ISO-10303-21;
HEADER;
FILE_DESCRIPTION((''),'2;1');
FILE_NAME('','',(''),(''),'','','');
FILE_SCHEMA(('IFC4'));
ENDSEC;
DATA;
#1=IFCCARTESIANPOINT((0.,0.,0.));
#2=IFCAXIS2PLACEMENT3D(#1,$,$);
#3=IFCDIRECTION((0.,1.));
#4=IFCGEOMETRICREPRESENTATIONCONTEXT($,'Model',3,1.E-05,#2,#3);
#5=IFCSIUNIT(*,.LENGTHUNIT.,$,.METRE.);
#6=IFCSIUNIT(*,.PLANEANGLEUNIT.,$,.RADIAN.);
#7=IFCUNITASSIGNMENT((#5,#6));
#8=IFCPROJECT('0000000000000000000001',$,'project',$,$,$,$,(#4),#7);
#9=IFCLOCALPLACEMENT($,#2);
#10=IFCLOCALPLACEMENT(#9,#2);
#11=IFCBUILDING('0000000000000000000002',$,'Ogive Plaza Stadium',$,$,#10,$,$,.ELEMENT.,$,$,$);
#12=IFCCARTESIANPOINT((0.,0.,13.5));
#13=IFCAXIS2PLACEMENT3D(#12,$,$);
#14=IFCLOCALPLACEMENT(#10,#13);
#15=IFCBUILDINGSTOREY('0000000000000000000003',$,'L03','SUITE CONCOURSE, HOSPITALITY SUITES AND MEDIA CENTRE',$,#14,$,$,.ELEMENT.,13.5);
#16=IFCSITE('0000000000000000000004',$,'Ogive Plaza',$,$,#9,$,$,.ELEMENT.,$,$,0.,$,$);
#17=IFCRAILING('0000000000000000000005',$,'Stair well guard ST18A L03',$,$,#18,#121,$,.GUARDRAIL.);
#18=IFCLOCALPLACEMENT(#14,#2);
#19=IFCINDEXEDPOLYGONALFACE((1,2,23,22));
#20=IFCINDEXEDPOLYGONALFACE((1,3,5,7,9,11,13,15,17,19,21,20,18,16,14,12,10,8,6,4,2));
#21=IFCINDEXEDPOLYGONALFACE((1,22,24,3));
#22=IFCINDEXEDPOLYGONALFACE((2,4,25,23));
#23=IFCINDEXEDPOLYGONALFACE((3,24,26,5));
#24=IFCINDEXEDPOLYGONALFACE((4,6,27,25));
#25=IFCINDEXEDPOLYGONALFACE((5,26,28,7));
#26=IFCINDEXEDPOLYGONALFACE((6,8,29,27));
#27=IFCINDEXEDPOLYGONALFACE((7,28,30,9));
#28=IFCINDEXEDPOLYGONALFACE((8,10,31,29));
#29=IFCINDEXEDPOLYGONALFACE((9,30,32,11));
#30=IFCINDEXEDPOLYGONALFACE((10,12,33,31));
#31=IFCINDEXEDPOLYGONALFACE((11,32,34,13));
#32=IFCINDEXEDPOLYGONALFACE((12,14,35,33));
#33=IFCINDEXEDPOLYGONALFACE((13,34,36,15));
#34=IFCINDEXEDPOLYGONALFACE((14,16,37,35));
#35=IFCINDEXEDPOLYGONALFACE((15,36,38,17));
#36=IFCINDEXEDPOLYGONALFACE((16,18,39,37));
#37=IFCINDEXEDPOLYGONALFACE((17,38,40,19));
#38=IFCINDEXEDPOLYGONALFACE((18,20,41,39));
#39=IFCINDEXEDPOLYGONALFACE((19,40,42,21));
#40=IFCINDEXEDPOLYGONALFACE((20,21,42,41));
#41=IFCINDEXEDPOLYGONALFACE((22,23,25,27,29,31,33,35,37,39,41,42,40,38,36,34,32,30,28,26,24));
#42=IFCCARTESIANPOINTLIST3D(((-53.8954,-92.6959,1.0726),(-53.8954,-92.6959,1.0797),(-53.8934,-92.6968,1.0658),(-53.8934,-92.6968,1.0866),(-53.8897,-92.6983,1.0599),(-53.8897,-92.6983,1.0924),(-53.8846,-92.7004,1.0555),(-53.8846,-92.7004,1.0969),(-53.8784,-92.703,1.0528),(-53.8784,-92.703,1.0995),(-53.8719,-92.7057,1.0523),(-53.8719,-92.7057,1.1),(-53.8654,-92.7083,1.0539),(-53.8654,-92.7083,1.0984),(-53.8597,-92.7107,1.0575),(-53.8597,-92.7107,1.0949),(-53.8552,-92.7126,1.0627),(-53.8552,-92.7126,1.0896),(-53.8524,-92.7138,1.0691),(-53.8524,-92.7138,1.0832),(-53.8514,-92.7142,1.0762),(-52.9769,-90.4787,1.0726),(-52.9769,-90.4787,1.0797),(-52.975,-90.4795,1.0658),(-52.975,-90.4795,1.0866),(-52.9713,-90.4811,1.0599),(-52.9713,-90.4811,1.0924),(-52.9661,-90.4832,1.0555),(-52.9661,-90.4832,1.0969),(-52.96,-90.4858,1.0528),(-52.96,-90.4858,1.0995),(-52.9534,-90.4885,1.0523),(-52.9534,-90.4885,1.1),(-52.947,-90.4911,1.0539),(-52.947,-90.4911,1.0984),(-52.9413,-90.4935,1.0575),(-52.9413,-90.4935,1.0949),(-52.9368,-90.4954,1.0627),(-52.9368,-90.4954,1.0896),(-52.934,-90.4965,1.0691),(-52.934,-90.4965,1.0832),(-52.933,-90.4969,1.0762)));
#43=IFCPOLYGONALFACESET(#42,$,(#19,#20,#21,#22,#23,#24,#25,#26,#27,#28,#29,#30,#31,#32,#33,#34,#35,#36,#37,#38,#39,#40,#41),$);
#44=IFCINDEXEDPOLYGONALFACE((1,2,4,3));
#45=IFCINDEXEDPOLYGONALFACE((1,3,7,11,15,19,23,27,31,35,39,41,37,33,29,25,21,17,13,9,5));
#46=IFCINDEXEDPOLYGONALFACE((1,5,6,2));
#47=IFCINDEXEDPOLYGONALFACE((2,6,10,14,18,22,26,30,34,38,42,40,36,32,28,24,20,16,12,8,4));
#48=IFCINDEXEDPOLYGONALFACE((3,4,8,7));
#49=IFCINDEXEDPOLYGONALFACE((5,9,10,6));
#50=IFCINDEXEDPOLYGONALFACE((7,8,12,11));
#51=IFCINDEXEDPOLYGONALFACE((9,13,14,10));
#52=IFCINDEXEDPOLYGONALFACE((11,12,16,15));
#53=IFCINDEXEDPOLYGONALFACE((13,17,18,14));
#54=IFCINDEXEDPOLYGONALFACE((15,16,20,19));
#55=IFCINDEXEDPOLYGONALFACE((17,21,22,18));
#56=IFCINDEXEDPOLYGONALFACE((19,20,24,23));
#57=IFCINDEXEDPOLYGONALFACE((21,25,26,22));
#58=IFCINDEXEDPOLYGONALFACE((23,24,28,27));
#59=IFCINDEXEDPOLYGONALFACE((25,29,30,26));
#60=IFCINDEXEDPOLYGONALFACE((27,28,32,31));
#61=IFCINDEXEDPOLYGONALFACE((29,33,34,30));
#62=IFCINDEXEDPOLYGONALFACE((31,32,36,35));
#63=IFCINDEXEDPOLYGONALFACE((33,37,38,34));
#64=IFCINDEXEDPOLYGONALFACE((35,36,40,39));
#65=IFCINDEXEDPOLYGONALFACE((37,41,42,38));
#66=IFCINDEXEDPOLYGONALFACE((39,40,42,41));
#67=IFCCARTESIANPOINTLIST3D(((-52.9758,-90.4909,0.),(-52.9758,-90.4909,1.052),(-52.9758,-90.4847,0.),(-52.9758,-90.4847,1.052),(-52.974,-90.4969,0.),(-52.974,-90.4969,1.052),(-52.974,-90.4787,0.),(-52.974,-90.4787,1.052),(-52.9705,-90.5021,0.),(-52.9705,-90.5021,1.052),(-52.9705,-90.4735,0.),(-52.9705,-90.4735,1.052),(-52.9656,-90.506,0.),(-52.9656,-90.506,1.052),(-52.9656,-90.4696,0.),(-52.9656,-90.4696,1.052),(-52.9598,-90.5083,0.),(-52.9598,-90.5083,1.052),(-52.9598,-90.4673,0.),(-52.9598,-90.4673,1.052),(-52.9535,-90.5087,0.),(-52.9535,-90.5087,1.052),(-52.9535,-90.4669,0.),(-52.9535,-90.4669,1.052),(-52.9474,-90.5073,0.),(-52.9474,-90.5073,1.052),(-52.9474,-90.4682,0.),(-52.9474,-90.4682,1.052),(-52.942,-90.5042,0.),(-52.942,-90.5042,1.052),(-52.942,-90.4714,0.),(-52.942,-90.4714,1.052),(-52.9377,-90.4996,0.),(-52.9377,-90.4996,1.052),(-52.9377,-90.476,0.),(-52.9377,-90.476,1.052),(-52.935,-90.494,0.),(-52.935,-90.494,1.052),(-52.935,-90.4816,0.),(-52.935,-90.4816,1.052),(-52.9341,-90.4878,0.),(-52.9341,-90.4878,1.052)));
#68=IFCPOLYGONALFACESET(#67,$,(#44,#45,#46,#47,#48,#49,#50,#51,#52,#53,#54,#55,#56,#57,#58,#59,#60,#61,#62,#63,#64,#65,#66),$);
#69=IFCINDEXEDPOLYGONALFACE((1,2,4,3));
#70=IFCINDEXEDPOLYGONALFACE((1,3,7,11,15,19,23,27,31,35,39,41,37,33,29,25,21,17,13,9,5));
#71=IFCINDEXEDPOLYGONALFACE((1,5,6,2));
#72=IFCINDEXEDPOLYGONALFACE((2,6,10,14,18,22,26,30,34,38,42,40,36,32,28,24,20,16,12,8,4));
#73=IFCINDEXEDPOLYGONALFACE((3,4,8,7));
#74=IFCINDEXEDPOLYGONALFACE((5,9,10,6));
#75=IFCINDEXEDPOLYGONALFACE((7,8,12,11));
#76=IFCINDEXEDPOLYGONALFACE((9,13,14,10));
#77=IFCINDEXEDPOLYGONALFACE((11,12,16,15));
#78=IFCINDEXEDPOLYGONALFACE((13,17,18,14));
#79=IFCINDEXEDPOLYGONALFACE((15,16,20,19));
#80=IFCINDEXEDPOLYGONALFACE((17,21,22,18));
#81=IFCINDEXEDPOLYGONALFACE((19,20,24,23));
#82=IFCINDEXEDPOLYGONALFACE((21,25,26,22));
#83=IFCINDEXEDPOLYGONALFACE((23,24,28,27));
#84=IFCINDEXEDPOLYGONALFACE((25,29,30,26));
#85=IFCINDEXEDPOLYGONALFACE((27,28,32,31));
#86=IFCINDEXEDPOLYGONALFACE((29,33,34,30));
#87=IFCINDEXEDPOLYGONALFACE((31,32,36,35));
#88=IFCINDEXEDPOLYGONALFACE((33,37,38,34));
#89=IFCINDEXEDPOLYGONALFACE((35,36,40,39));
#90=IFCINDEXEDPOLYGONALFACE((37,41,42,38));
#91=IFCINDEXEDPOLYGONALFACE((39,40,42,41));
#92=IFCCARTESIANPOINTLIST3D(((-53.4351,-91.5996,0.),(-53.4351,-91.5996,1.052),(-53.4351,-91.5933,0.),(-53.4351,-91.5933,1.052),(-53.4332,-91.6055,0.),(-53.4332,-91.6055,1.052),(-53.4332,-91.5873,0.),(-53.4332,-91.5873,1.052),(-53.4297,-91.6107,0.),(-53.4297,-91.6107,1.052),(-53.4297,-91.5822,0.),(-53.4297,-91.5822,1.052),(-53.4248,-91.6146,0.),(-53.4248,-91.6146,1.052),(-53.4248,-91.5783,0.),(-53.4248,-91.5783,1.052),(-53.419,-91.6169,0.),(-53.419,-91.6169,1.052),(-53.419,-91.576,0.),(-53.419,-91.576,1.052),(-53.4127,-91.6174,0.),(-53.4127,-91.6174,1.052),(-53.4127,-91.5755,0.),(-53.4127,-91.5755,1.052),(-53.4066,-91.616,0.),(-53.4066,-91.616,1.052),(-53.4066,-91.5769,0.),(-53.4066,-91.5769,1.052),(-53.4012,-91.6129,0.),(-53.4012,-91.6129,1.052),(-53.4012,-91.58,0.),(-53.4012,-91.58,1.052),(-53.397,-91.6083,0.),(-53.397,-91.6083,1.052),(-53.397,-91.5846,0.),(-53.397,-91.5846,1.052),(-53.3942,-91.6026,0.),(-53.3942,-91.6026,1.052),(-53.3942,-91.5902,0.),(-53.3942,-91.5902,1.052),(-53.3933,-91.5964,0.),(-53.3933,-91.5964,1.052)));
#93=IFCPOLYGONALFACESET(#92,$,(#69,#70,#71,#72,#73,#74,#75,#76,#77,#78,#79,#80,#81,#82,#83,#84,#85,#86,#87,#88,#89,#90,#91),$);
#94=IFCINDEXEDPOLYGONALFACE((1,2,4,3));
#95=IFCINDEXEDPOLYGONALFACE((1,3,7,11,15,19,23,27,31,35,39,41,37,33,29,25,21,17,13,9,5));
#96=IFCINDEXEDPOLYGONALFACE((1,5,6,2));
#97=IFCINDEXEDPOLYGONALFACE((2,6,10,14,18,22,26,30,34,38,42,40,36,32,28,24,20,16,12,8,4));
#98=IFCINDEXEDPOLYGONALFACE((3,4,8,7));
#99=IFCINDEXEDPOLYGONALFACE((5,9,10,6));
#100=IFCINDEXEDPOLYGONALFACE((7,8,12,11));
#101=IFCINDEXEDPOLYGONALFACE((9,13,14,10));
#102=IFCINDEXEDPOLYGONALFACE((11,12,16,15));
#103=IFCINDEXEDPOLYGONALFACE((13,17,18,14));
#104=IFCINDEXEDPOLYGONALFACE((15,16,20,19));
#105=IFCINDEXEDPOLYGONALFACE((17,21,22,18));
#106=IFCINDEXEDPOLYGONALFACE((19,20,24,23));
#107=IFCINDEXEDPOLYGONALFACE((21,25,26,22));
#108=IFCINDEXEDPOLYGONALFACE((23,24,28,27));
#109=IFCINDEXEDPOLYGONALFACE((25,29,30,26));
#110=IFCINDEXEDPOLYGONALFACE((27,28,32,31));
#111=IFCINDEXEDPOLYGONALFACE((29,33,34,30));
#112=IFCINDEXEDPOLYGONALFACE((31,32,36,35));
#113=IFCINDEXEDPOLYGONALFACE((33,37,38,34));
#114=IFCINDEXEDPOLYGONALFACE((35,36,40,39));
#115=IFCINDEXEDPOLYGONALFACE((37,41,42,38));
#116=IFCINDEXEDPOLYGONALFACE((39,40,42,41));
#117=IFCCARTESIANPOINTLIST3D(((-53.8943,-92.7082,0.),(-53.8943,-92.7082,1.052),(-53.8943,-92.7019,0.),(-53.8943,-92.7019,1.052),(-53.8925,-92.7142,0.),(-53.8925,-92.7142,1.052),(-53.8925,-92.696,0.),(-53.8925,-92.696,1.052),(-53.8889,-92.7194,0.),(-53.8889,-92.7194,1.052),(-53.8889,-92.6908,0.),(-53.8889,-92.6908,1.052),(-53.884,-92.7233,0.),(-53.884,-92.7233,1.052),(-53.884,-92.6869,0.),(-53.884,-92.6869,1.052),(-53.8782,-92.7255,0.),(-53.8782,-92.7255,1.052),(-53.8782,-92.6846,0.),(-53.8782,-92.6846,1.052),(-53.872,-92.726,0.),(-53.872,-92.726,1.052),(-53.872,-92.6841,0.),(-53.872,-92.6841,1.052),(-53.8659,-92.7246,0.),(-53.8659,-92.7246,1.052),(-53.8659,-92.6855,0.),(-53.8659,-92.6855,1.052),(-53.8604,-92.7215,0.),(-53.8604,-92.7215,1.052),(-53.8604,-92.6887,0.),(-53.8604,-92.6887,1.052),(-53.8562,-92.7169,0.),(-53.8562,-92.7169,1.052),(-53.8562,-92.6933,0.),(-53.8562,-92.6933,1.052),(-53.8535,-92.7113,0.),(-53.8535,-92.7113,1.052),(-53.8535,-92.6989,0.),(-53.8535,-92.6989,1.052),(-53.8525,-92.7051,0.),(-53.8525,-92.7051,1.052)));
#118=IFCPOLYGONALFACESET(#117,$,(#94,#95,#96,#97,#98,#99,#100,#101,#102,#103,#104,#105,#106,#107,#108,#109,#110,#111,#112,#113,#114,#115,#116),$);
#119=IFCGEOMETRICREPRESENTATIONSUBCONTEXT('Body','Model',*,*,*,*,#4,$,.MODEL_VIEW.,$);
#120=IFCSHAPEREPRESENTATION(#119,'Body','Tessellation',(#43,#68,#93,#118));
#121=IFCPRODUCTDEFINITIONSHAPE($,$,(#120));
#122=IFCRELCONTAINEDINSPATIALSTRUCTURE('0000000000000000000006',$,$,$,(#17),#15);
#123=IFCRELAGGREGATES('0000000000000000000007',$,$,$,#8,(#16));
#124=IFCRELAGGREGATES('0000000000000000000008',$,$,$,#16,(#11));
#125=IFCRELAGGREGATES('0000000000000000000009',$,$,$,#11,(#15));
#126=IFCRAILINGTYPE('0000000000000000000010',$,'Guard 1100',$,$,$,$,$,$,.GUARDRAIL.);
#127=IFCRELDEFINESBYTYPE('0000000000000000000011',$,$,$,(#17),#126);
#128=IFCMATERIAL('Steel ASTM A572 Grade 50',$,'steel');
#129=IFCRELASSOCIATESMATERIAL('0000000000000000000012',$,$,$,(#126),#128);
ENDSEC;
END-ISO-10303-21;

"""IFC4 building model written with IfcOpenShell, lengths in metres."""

from ifc_helpers import new_model, si_unit, direction, frame, origin, origin_2d, place, context, subcontext, project, spatial, circle, extrude, material, type_object, element, save


model = new_model("IFC4")

# Units and contexts
model_context = context("Model", 3, precision=1e-05, world=origin(), true_north=direction((0.0, 1.0)))
body_context = subcontext(model_context, "Body", "Model", "MODEL_VIEW")
ifc_project = project(units=[si_unit("LENGTHUNIT", "METRE"), si_unit("PLANEANGLEUNIT", "RADIAN")], contexts=[model_context])

# Site, building, storey
site_placement = place(None, origin())
site = spatial("IfcSite", under=ifc_project, at=site_placement, Name="Ogive Plaza", CompositionType="ELEMENT", RefElevation=0.0)
building_placement = place(site_placement, origin())
building = spatial("IfcBuilding", under=site, at=building_placement, Name="Ogive Plaza Stadium", CompositionType="ELEMENT")
storey_placement = place(building_placement, frame((0.0, 0.0, 13.5)))
storey = spatial("IfcBuildingStorey", under=building, at=storey_placement, Name="L03", Description="SUITE CONCOURSE, HOSPITALITY SUITES AND MEDIA CENTRE", CompositionType="ELEMENT", Elevation=13.5)

# Railing
ifc_material_1 = material(Name="Steel ASTM A572 Grade 50", Category="steel")
railing_type_1 = type_object("IfcRailingType", Name="Guard 1100", PredefinedType="GUARDRAIL", material=ifc_material_1)
railing_1_placement = place(storey_placement, frame((-52.9551, -90.4878, 0.0)))
element("IfcRailing", 1, at=railing_1_placement, inside=storey, type_object=railing_type_1, Name="Stair well guard ST18A L03", PredefinedType="GUARDRAIL", context=body_context, shape_type="SweptSolid", body=[
    extrude(circle(Radius=0.0239, at=origin_2d()), frame((0.0, 0.0, 1.0762), z_axis=(-0.382693, -0.923875, 0.0), x_axis=(0.923875, -0.382693, 0.0)), (0.0, 0.0, 1.0), 2.3999),
    extrude(circle(Radius=0.021, at=origin_2d()), origin(), (0.0, 0.0, 1.0), 1.052),
    extrude(circle(Radius=0.021, at=origin_2d()), frame((-0.4592, -1.1086, 0.0)), (0.0, 0.0, 1.0), 1.052),
    extrude(circle(Radius=0.021, at=origin_2d()), frame((-0.9185, -2.2173, 0.0)), (0.0, 0.0, 1.0), 1.052),
])

save(model, "model.ifc")
